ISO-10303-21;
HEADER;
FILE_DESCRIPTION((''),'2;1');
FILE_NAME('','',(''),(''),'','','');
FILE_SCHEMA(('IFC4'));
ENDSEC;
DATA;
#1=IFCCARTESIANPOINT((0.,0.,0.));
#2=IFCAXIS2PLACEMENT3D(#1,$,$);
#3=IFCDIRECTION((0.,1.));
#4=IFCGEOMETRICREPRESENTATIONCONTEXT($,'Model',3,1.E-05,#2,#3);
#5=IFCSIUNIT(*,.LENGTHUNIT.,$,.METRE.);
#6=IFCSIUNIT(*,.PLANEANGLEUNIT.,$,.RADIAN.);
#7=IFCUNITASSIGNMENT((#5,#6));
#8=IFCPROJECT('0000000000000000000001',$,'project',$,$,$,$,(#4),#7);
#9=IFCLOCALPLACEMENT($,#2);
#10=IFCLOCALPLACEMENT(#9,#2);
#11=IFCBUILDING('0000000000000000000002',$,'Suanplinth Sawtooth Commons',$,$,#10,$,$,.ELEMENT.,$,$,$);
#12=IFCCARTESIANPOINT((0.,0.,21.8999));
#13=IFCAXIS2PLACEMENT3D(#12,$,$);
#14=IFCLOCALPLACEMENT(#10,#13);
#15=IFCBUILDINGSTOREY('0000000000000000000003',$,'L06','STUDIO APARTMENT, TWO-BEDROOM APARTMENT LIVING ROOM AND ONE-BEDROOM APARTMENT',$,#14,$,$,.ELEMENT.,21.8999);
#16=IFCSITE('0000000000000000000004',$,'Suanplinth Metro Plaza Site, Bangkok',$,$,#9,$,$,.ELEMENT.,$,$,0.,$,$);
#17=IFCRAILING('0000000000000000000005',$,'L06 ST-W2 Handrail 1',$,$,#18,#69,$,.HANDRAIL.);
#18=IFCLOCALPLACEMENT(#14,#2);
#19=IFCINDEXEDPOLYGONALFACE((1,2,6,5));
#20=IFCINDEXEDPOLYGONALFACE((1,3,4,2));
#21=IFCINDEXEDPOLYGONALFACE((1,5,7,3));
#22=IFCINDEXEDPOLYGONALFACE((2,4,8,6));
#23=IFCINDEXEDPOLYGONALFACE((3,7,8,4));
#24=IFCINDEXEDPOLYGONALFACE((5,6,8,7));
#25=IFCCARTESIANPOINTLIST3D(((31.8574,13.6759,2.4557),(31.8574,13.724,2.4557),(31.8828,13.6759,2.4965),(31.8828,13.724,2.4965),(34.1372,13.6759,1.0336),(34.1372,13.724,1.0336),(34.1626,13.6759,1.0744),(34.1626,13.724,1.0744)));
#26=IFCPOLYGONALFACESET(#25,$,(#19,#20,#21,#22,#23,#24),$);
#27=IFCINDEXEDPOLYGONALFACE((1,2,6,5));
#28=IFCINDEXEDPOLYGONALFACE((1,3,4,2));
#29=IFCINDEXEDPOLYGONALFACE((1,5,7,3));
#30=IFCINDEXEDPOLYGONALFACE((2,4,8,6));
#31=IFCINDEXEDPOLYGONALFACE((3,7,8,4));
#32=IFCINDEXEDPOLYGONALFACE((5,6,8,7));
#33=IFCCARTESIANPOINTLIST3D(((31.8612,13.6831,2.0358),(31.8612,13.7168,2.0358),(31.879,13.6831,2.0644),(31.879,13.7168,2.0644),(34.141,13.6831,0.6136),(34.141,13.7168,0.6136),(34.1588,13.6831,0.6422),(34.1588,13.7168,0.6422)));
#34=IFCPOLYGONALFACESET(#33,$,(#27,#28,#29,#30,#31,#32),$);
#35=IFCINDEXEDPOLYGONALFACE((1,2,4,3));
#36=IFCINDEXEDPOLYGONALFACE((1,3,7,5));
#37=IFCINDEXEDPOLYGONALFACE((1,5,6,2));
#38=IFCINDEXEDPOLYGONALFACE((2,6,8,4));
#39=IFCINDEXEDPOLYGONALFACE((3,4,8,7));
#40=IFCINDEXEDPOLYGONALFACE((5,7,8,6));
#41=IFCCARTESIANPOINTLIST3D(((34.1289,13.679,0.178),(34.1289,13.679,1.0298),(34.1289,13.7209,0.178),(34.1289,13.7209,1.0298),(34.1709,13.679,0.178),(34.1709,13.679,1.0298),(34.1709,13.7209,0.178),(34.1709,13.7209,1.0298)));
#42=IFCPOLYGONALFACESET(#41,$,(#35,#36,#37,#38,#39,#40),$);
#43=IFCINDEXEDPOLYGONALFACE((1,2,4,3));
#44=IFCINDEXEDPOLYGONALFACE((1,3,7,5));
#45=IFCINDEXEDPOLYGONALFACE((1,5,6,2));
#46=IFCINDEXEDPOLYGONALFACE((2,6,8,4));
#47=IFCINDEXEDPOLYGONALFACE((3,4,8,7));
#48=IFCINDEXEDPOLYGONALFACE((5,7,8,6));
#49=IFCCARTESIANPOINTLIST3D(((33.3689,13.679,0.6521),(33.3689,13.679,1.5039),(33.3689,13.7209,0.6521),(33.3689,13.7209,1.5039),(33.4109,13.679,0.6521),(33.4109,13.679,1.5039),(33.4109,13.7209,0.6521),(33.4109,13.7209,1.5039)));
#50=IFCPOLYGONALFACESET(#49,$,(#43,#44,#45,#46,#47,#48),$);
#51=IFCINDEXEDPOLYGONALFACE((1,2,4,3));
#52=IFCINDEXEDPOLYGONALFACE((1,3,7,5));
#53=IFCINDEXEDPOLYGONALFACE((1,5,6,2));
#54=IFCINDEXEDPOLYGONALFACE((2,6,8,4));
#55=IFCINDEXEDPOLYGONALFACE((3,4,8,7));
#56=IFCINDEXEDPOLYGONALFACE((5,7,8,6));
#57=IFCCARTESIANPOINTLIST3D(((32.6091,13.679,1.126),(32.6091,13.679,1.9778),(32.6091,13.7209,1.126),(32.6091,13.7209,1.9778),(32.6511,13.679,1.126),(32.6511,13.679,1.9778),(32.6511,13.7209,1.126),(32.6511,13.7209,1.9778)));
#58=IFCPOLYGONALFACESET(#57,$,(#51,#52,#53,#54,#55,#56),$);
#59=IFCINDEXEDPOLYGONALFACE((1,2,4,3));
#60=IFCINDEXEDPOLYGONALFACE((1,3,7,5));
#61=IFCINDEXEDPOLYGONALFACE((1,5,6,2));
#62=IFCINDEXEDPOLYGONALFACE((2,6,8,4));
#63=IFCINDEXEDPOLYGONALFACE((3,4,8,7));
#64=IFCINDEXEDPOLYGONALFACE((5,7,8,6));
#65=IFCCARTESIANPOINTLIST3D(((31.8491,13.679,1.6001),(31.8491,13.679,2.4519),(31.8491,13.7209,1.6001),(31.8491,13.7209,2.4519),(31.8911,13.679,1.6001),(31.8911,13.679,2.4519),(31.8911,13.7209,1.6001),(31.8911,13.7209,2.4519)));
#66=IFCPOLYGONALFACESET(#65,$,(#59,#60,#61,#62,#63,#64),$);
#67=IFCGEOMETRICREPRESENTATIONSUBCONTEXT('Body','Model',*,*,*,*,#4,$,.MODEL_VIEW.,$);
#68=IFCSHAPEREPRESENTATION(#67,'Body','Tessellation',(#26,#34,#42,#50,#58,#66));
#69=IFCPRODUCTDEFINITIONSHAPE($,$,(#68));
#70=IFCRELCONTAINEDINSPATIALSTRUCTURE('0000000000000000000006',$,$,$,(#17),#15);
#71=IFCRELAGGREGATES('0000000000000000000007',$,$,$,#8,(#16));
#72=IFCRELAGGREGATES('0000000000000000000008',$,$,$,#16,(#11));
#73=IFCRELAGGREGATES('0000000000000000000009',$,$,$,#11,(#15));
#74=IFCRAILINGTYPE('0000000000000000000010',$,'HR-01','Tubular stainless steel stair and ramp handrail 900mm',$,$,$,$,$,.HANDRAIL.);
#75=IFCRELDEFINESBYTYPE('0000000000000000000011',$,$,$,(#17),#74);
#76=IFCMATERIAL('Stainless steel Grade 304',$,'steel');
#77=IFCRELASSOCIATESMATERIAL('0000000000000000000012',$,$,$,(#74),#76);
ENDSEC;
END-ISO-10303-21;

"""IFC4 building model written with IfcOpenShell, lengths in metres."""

from ifc_helpers import new_model, si_unit, direction, frame, origin, origin_2d, place, context, subcontext, project, spatial, rectangle, extrude, material, type_object, element, save


model = new_model("IFC4")

# Units and contexts
model_context = context("Model", 3, precision=1e-05, world=origin(), true_north=direction((0.0, 1.0)))
body_context = subcontext(model_context, "Body", "Model", "MODEL_VIEW")
ifc_project = project(units=[si_unit("LENGTHUNIT", "METRE"), si_unit("PLANEANGLEUNIT", "RADIAN")], contexts=[model_context])

# Site, building, storey
site_placement = place(None, origin())
site = spatial("IfcSite", under=ifc_project, at=site_placement, Name="Suanplinth Metro Plaza Site, Bangkok", CompositionType="ELEMENT", RefElevation=0.0)
building_placement = place(site_placement, origin())
building = spatial("IfcBuilding", under=site, at=building_placement, Name="Suanplinth Sawtooth Commons", CompositionType="ELEMENT")
storey_placement = place(building_placement, frame((0.0, 0.0, 21.8999)))
storey = spatial("IfcBuildingStorey", under=building, at=storey_placement, Name="L06", Description="STUDIO APARTMENT, TWO-BEDROOM APARTMENT LIVING ROOM AND ONE-BEDROOM APARTMENT", CompositionType="ELEMENT", Elevation=21.8999)

# Railing
ifc_material_1 = material(Name="Stainless steel Grade 304", Category="steel")
railing_type_1 = type_object("IfcRailingType", Name="HR-01", Description="Tubular stainless steel stair and ramp handrail 900mm", PredefinedType="HANDRAIL", material=ifc_material_1)
railing_1_placement = place(storey_placement, frame((34.1499, 13.7, 0.178)))
element("IfcRailing", 1, at=railing_1_placement, inside=storey, type_object=railing_type_1, Name="L06 ST-W2 Handrail 1", PredefinedType="HANDRAIL", context=body_context, shape_type="SweptSolid", body=[
    extrude(rectangle(XDim=0.0481, YDim=0.0481, at=origin_2d()), frame((0.0, 0.0, 0.876), z_axis=(-0.848457, 0.0, 0.529264), x_axis=(0.0, -1.0, 0.0)), (0.0, 0.0, 1.0), 2.687),
    extrude(rectangle(XDim=0.0337, YDim=0.0337, at=origin_2d()), frame((0.0, 0.0, 0.45), z_axis=(-0.848457, 0.0, 0.529264), x_axis=(0.0, -1.0, 0.0)), (0.0, 0.0, 1.0), 2.687),
    extrude(rectangle(XDim=0.042, YDim=0.042, at=origin_2d()), origin(), (0.0, 0.0, 1.0), 0.8518),
    extrude(rectangle(XDim=0.042, YDim=0.042, at=origin_2d()), frame((-0.76, 0.0, 0.4741)), (0.0, 0.0, 1.0), 0.8518),
    extrude(rectangle(XDim=0.042, YDim=0.042, at=origin_2d()), frame((-1.5198, 0.0, 0.948)), (0.0, 0.0, 1.0), 0.8518),
    extrude(rectangle(XDim=0.042, YDim=0.042, at=origin_2d()), frame((-2.2798, 0.0, 1.4221)), (0.0, 0.0, 1.0), 0.8518),
])

save(model, "model.ifc")
